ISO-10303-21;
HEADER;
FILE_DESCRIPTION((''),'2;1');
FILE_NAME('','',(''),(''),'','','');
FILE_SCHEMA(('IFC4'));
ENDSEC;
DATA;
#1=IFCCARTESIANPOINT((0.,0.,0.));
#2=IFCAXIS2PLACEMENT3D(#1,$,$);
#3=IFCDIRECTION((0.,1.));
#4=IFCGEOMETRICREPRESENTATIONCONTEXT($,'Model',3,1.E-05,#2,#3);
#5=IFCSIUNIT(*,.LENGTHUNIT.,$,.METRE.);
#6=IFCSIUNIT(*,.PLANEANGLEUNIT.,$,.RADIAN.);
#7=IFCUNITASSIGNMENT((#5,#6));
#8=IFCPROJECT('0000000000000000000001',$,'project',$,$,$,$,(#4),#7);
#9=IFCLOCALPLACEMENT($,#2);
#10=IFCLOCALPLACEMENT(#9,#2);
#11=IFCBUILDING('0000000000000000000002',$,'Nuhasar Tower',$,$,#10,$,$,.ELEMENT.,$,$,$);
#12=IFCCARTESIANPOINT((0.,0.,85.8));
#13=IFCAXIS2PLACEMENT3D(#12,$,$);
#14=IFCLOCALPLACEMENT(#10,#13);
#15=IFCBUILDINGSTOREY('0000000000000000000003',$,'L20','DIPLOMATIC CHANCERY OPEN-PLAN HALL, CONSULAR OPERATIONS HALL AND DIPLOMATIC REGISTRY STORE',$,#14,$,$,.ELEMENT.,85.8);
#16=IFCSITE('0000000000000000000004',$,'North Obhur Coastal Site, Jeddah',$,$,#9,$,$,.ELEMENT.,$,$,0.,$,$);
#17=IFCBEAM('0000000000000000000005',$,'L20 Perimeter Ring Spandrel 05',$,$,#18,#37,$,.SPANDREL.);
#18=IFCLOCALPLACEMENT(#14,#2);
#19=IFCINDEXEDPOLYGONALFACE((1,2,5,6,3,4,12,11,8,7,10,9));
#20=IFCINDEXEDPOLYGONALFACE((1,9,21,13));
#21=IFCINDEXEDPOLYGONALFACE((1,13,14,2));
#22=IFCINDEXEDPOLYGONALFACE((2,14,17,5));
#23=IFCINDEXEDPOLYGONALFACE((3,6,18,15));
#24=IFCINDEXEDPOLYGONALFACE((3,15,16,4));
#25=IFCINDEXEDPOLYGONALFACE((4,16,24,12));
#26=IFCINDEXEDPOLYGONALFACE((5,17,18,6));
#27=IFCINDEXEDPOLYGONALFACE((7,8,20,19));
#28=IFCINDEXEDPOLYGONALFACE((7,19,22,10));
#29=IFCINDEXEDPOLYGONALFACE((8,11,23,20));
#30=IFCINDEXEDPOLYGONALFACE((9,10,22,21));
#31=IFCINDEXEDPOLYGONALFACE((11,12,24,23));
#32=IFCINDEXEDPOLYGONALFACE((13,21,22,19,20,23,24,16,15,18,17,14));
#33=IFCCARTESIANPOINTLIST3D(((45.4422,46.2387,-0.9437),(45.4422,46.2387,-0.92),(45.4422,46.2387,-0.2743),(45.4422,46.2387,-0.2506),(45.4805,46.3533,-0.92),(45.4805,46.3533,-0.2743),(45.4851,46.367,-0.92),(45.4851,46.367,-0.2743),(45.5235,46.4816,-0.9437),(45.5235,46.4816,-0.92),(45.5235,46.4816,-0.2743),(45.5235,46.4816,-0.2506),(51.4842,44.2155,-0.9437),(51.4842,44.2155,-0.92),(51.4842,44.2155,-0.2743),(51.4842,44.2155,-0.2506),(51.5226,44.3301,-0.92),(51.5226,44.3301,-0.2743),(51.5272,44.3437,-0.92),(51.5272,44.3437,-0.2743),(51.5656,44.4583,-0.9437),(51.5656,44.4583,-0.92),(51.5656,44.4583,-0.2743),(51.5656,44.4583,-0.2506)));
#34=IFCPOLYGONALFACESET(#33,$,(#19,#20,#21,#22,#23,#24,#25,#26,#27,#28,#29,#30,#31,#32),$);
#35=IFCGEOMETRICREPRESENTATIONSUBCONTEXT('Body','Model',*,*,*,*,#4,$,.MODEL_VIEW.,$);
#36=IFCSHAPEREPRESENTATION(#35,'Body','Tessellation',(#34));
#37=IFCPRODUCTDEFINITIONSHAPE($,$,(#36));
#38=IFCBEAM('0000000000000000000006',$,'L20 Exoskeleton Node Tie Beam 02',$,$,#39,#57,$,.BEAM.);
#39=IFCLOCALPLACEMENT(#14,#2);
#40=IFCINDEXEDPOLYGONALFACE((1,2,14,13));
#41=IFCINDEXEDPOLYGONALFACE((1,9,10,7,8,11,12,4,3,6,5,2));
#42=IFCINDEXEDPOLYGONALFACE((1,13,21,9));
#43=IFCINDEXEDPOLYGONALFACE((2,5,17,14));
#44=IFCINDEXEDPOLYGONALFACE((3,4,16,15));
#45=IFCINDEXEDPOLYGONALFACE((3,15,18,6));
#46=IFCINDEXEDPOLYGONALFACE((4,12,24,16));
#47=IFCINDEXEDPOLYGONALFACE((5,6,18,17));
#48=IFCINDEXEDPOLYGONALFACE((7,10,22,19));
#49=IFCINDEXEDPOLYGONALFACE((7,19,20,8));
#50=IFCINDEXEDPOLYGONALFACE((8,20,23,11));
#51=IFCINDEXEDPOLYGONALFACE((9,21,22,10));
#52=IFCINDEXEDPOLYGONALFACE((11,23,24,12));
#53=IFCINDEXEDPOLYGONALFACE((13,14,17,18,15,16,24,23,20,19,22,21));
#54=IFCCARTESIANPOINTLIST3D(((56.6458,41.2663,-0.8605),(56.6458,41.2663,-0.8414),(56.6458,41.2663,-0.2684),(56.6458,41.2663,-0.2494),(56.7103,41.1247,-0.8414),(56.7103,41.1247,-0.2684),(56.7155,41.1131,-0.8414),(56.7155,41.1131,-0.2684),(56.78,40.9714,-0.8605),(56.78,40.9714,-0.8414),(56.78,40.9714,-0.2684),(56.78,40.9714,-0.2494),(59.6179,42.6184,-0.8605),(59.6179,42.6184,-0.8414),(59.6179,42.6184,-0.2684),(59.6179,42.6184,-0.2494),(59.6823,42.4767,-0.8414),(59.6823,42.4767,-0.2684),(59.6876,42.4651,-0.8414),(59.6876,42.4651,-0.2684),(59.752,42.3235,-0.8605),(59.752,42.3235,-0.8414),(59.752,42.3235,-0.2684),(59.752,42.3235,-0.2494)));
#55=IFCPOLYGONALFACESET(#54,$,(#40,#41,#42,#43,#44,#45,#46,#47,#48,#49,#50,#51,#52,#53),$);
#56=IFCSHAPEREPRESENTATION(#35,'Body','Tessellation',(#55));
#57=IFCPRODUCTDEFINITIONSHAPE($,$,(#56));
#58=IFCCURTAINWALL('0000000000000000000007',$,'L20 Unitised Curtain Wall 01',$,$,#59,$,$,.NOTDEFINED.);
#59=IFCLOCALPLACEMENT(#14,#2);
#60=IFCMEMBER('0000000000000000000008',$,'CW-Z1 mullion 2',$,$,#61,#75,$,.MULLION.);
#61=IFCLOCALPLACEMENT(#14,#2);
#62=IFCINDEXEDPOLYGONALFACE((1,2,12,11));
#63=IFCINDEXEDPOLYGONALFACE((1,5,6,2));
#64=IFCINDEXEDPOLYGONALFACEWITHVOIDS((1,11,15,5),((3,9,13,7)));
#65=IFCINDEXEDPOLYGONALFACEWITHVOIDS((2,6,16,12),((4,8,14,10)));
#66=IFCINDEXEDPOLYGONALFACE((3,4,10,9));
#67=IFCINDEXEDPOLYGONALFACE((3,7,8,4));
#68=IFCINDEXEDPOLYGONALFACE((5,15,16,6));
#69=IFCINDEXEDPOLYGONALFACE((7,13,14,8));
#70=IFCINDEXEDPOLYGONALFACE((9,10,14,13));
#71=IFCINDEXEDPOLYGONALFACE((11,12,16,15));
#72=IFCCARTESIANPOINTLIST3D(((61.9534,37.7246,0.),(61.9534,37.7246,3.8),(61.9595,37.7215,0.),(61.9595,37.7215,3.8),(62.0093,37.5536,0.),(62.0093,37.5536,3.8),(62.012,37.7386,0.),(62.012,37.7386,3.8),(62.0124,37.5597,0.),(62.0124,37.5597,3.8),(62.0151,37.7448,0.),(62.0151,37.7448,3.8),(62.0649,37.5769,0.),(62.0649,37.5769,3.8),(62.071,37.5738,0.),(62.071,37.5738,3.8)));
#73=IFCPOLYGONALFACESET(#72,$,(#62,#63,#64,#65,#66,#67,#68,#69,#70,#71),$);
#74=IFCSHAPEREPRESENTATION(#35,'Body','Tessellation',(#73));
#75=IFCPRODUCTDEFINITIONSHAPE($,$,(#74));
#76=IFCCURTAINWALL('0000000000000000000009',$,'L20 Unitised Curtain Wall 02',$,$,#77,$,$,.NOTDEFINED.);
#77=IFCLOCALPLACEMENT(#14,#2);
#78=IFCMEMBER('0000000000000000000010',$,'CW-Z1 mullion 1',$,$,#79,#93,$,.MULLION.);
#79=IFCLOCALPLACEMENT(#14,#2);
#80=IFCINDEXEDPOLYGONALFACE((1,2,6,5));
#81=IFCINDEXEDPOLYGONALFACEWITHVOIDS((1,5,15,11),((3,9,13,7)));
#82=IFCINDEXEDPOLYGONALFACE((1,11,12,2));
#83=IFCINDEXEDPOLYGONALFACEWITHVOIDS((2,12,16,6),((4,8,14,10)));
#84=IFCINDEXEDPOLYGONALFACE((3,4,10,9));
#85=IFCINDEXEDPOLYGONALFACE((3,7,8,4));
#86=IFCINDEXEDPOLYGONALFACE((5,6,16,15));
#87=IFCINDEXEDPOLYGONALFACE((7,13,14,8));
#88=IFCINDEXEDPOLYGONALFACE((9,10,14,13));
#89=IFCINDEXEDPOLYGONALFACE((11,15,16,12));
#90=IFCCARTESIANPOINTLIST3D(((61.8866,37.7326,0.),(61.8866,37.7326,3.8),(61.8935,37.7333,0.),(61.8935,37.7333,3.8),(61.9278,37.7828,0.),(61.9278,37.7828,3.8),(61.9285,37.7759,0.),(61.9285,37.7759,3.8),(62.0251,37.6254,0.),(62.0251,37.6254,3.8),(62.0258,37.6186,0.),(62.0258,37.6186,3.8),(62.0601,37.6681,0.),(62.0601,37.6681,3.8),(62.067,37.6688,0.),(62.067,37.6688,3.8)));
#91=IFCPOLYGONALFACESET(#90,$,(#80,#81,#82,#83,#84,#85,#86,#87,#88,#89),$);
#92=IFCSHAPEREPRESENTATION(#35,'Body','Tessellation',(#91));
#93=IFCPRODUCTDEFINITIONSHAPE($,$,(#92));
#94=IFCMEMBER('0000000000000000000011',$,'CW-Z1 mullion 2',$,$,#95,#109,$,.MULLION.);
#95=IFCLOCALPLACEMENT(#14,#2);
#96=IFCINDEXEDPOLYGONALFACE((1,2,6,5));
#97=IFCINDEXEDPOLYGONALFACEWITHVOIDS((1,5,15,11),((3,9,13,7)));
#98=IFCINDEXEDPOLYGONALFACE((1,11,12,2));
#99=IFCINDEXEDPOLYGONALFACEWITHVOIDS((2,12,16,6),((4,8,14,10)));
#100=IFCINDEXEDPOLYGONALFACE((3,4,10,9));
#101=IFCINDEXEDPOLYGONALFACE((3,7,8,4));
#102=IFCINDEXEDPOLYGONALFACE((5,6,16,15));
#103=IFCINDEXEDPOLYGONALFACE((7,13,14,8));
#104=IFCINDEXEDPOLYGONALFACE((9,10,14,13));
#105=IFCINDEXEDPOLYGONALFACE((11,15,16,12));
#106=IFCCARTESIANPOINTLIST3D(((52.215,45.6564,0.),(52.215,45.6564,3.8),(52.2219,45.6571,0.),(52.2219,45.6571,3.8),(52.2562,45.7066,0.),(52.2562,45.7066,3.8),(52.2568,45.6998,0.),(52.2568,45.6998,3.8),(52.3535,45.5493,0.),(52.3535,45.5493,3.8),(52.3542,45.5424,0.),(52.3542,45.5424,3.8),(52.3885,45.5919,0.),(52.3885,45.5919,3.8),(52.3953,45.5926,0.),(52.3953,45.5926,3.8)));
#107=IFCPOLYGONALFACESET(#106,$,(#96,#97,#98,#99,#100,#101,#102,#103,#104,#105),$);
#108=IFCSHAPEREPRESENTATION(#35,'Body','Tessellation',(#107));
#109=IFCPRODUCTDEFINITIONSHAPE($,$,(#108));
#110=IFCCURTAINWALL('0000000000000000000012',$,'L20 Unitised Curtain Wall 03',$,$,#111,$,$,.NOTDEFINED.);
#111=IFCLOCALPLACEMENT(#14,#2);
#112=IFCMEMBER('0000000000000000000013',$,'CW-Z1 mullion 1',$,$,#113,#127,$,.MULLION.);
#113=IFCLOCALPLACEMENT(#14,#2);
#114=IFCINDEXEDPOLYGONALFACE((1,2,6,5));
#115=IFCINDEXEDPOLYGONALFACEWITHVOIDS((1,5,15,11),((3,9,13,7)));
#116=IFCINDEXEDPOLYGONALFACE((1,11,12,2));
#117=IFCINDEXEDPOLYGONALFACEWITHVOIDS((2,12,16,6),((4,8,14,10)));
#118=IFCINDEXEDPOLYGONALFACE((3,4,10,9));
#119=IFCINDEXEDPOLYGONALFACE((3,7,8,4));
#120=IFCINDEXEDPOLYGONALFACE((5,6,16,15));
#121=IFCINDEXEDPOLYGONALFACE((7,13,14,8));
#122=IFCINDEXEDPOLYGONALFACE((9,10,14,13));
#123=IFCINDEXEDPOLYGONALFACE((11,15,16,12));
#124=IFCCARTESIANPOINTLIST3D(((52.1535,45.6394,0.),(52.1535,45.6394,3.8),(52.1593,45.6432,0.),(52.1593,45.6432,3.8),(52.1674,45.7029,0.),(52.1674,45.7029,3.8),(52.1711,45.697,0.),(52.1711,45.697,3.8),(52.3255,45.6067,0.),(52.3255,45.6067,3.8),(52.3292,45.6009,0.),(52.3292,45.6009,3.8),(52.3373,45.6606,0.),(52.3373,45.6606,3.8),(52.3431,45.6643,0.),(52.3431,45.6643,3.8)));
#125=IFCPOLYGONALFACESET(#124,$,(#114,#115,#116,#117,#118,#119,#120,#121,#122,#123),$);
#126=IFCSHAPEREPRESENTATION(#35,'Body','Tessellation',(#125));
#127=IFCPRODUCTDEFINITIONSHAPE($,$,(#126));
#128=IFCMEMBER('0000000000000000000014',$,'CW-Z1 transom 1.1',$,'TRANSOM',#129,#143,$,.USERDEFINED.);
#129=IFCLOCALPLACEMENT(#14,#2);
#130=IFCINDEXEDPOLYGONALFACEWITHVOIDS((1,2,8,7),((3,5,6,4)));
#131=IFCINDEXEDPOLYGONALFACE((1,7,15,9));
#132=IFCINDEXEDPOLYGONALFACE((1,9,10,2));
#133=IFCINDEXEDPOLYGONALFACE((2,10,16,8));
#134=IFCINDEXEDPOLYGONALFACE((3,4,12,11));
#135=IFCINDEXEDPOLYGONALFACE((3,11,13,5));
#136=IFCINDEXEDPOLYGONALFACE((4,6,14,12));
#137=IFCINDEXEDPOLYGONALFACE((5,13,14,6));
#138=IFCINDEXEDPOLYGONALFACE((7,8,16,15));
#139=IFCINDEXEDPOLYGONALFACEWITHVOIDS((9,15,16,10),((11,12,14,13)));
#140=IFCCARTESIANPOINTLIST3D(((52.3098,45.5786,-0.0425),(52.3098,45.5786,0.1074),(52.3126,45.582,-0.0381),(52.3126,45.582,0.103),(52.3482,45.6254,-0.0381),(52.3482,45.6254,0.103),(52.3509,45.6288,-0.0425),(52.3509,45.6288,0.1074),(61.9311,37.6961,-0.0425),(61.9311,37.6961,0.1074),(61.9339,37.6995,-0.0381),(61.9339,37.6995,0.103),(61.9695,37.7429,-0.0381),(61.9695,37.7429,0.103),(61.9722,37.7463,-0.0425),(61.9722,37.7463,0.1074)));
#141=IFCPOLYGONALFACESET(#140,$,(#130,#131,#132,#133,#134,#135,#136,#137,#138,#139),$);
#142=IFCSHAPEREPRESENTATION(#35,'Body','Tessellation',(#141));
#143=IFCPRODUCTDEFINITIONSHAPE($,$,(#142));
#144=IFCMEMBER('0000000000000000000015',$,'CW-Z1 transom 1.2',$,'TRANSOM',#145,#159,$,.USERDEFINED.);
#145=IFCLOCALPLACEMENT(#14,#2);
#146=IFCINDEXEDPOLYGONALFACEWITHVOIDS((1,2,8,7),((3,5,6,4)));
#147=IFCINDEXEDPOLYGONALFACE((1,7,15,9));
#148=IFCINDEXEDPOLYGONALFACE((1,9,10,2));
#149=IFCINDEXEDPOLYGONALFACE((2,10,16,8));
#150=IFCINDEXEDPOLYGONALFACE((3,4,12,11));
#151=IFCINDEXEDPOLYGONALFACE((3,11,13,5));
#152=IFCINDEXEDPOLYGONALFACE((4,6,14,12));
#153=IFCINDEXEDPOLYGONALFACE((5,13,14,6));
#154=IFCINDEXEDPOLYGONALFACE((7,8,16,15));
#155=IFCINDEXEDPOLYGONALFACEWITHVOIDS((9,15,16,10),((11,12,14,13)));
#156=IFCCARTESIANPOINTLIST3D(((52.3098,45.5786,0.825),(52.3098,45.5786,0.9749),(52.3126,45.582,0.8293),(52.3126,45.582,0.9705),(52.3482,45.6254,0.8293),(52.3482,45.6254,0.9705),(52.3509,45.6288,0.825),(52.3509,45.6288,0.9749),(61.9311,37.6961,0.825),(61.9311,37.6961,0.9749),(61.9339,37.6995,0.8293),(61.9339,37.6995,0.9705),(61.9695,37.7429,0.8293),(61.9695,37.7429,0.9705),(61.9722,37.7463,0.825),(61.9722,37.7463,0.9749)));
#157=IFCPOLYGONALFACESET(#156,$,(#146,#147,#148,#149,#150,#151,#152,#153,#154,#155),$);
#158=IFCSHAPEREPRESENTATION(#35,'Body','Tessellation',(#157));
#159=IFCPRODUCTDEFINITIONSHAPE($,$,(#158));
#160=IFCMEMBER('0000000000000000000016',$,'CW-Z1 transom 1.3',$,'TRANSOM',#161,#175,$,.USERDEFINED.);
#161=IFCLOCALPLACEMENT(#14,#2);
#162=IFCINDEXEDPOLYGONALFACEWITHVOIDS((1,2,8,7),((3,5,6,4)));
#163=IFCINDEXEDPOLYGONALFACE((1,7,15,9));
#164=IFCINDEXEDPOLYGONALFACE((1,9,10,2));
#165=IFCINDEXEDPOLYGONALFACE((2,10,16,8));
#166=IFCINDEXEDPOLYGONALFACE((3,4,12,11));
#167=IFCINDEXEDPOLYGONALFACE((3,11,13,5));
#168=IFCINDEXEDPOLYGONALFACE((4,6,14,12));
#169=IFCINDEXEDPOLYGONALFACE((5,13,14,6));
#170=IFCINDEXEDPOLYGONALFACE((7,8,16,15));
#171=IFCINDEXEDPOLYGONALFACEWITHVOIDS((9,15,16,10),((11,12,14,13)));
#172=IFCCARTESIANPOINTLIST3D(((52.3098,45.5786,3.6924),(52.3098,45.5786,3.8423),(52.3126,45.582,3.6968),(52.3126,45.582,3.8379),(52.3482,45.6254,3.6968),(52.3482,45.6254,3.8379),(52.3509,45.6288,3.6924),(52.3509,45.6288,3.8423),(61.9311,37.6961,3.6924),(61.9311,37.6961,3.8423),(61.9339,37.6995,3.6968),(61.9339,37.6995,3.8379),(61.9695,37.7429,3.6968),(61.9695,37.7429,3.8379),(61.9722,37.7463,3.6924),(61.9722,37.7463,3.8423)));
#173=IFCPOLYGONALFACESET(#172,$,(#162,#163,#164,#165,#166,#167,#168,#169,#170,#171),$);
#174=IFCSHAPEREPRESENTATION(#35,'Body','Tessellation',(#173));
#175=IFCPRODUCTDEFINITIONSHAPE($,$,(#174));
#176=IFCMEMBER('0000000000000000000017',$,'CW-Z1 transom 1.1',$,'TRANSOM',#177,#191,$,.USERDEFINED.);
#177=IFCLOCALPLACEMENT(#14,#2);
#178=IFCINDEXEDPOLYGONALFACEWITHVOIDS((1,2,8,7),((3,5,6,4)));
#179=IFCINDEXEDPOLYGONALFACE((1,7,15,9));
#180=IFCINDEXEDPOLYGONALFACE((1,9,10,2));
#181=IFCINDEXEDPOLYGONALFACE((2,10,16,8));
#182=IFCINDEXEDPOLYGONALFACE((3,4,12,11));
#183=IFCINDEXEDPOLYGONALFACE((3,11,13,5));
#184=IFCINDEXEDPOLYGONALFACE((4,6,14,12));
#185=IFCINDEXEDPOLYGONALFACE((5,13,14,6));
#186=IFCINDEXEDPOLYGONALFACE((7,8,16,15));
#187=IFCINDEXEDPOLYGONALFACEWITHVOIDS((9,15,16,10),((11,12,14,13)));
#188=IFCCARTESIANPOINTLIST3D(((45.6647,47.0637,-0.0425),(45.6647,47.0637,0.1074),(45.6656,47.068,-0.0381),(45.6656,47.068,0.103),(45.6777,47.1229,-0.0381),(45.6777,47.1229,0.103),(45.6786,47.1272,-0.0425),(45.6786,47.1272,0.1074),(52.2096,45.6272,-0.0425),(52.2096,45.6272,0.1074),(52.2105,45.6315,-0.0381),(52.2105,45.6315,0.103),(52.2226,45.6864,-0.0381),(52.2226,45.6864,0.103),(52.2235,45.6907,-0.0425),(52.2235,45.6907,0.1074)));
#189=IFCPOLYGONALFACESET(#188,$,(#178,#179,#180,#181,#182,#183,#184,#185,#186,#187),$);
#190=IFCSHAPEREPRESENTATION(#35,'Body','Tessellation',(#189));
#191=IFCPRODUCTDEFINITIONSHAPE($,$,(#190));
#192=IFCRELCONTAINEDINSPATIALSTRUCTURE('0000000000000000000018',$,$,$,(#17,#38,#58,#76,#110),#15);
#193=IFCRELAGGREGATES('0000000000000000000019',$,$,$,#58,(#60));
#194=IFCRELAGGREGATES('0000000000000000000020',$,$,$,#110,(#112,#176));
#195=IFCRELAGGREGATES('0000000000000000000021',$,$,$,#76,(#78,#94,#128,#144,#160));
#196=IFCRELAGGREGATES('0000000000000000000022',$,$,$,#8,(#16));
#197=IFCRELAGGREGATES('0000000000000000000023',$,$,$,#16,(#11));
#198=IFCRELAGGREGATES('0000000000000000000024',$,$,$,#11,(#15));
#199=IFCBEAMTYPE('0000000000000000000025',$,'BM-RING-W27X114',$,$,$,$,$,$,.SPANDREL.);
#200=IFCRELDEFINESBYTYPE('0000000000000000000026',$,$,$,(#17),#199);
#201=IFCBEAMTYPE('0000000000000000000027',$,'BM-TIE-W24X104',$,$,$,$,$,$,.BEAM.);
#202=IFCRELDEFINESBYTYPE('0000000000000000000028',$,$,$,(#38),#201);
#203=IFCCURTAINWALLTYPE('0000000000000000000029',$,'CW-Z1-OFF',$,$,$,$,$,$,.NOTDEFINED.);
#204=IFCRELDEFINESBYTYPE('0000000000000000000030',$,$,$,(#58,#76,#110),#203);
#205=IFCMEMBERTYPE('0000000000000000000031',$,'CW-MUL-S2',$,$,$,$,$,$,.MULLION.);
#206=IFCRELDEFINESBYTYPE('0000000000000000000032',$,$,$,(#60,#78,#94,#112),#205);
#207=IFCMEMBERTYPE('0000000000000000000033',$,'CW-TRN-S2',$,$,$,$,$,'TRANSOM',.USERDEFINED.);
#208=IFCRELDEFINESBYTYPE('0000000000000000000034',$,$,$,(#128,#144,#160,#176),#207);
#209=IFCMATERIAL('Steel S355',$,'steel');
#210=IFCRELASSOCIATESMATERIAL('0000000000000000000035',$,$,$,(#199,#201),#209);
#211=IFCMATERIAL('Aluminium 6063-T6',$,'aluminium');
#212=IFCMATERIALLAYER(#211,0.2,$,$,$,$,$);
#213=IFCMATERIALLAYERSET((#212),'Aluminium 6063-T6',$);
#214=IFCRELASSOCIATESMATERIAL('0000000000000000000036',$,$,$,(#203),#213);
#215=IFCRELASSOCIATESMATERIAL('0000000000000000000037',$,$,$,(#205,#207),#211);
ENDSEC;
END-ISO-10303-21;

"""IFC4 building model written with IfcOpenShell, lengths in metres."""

from ifc_helpers import new_model, si_unit, direction, frame, origin, origin_2d, place, context, subcontext, project, spatial, hollow_rectangle, i_section, extrude, material, layer, layer_set, material_profile, profile_set, type_object, element, aggregate, save


model = new_model("IFC4")

# Units and contexts
model_context = context("Model", 3, precision=1e-05, world=origin(), true_north=direction((0.0, 1.0)))
body_context = subcontext(model_context, "Body", "Model", "MODEL_VIEW")
ifc_project = project(units=[si_unit("LENGTHUNIT", "METRE"), si_unit("PLANEANGLEUNIT", "RADIAN")], contexts=[model_context])

# Site, building, storey
site_placement = place(None, origin())
site = spatial("IfcSite", under=ifc_project, at=site_placement, Name="North Obhur Coastal Site, Jeddah", CompositionType="ELEMENT", RefElevation=0.0)
building_placement = place(site_placement, origin())
building = spatial("IfcBuilding", under=site, at=building_placement, Name="Nuhasar Tower", CompositionType="ELEMENT")
storey_placement = place(building_placement, frame((0.0, 0.0, 85.8)))
storey = spatial("IfcBuildingStorey", under=building, at=storey_placement, Name="L20", Description="DIPLOMATIC CHANCERY OPEN-PLAN HALL, CONSULAR OPERATIONS HALL AND DIPLOMATIC REGISTRY STORE", CompositionType="ELEMENT", Elevation=85.8)

# Beams
ifc_material_1 = material(Name="Steel S355", Category="steel")
ifc_material_profile_1 = material_profile(ifc_material_1, i_section(OverallWidth=0.2561, OverallDepth=0.6931, WebThickness=0.0144, FlangeThickness=0.0237, at=origin_2d()), Name="W27X114")
ifc_profile_set_1 = profile_set([ifc_material_profile_1], Name="Steel S355")
beam_type_1 = type_object("IfcBeamType", Name="BM-RING-W27X114", PredefinedType="SPANDREL", material=ifc_profile_set_1)
beam_1_placement = place(storey_placement, frame((51.5249, 44.3369, -0.5972), z_axis=(-0.948249, 0.317526, 0.0), x_axis=(-0.317526, -0.948249, 0.0)))
element("IfcBeam", 1, at=beam_1_placement, inside=storey, type_object=beam_type_1, Name="L20 Perimeter Ring Spandrel 05", PredefinedType="SPANDREL", context=body_context, shape_type="SweptSolid", body=[
    extrude(i_section(OverallWidth=0.2561, OverallDepth=0.6931, WebThickness=0.0144, FlangeThickness=0.0237, at=origin_2d()), origin(), (0.0, 0.0, 1.0), 6.3718),
])
ifc_material_profile_2 = material_profile(ifc_material_1, i_section(OverallWidth=0.324, OverallDepth=0.6111, WebThickness=0.0127, FlangeThickness=0.019, at=origin_2d()), Name="W24X104")
ifc_profile_set_2 = profile_set([ifc_material_profile_2], Name="Steel S355")
beam_type_2 = type_object("IfcBeamType", Name="BM-TIE-W24X104", PredefinedType="BEAM", material=ifc_profile_set_2)
beam_2_placement = place(storey_placement, frame((56.7129, 41.1189, -0.5549), z_axis=(0.910244, 0.414073, 0.0), x_axis=(-0.414073, 0.910244, 0.0)))
element("IfcBeam", 2, at=beam_2_placement, inside=storey, type_object=beam_type_2, Name="L20 Exoskeleton Node Tie Beam 02", PredefinedType="BEAM", context=body_context, shape_type="SweptSolid", body=[
    extrude(i_section(OverallWidth=0.324, OverallDepth=0.6111, WebThickness=0.0127, FlangeThickness=0.019, at=origin_2d()), origin(), (0.0, 0.0, 1.0), 3.2651),
])

# Curtain wall, member
ifc_material_2 = material(Name="Aluminium 6063-T6", Category="aluminium")
ifc_layer_1 = layer(ifc_material_2, 0.2)
ifc_layer_set_1 = layer_set([ifc_layer_1], Name="Aluminium 6063-T6")
curtain_wall_type = type_object("IfcCurtainWallType", Name="CW-Z1-OFF", PredefinedType="NOTDEFINED", material=ifc_layer_set_1)
curtain_wall_1_placement = place(storey_placement, origin())
curtain_wall_1 = element("IfcCurtainWall", 3, at=curtain_wall_1_placement, inside=storey, type_object=curtain_wall_type, Name="L20 Unitised Curtain Wall 01", PredefinedType="NOTDEFINED")
ifc_material_profile_3 = material_profile(ifc_material_2, hollow_rectangle(XDim=0.0649, YDim=0.1799, WallThickness=0.0049, at=origin_2d()), Name="CWM-2")
ifc_profile_set_3 = profile_set([ifc_material_profile_3], Name="Aluminium 6063-T6")
member_type_1 = type_object("IfcMemberType", Name="CW-MUL-S2", PredefinedType="MULLION", material=ifc_profile_set_3)
member_1_placement = place(storey_placement, frame((62.0122, 37.6492, 0.0), z_axis=(0.0, 0.0, 1.0), x_axis=(-0.950468, -0.310824, 0.0)))
member_1 = element("IfcMember", 4, at=member_1_placement, type_object=member_type_1, Name="CW-Z1 mullion 2", PredefinedType="MULLION", context=body_context, shape_type="SweptSolid", body=[
    extrude(hollow_rectangle(XDim=0.0649, YDim=0.1799, WallThickness=0.0049, at=origin_2d()), origin(), (0.0, 0.0, 1.0), 3.8),
])
aggregate(curtain_wall_1, [member_1])

# Curtain wall, members
curtain_wall_2_placement = place(storey_placement, origin())
curtain_wall_2 = element("IfcCurtainWall", 5, at=curtain_wall_2_placement, inside=storey, type_object=curtain_wall_type, Name="L20 Unitised Curtain Wall 02", PredefinedType="NOTDEFINED")
member_2_placement = place(storey_placement, frame((61.9768, 37.7007, 0.0), z_axis=(0.0, 0.0, 1.0), x_axis=(-0.633745, -0.773542, 0.0)))
member_2 = element("IfcMember", 6, at=member_2_placement, type_object=member_type_1, Name="CW-Z1 mullion 1", PredefinedType="MULLION", context=body_context, shape_type="SweptSolid", body=[
    extrude(hollow_rectangle(XDim=0.0649, YDim=0.1799, WallThickness=0.0049, at=origin_2d()), origin(), (0.0, 0.0, 1.0), 3.8),
])
member_3_placement = place(storey_placement, frame((52.3052, 45.6245, 0.0), z_axis=(0.0, 0.0, 1.0), x_axis=(-0.633745, -0.773542, 0.0)))
member_3 = element("IfcMember", 7, at=member_3_placement, type_object=member_type_1, Name="CW-Z1 mullion 2", PredefinedType="MULLION", context=body_context, shape_type="SweptSolid", body=[
    extrude(hollow_rectangle(XDim=0.0649, YDim=0.1799, WallThickness=0.0049, at=origin_2d()), origin(), (0.0, 0.0, 1.0), 3.8),
])

# Curtain wall, member
curtain_wall_3_placement = place(storey_placement, origin())
curtain_wall_3 = element("IfcCurtainWall", 8, at=curtain_wall_3_placement, inside=storey, type_object=curtain_wall_type, Name="L20 Unitised Curtain Wall 03", PredefinedType="NOTDEFINED")
member_4_placement = place(storey_placement, frame((52.2483, 45.6519, 0.0), z_axis=(0.0, 0.0, 1.0), x_axis=(-0.214399, -0.976746, 0.0)))
member_4 = element("IfcMember", 9, at=member_4_placement, type_object=member_type_1, Name="CW-Z1 mullion 1", PredefinedType="MULLION", context=body_context, shape_type="SweptSolid", body=[
    extrude(hollow_rectangle(XDim=0.0649, YDim=0.1799, WallThickness=0.0049, at=origin_2d()), origin(), (0.0, 0.0, 1.0), 3.8),
])

# Members
ifc_material_profile_4 = material_profile(ifc_material_2, hollow_rectangle(XDim=0.0649, YDim=0.1499, WallThickness=0.0044, at=origin_2d()), Name="CWT-2")
ifc_profile_set_4 = profile_set([ifc_material_profile_4], Name="Aluminium 6063-T6")
member_type_2 = type_object("IfcMemberType", Name="CW-TRN-S2", ElementType="TRANSOM", PredefinedType="USERDEFINED", material=ifc_profile_set_4)
member_5_placement = place(storey_placement, frame((61.9517, 37.7212, 0.0325), z_axis=(-0.773541, 0.633746, 0.0), x_axis=(-0.633746, -0.773541, 0.0)))
member_5 = element("IfcMember", 10, at=member_5_placement, type_object=member_type_2, Name="CW-Z1 transom 1.1", ObjectType="TRANSOM", PredefinedType="USERDEFINED", context=body_context, shape_type="SweptSolid", body=[
    extrude(hollow_rectangle(XDim=0.0649, YDim=0.1499, WallThickness=0.0044, at=origin_2d()), origin(), (0.0, 0.0, 1.0), 12.438),
])
member_6_placement = place(storey_placement, frame((61.9517, 37.7212, 0.8999), z_axis=(-0.773541, 0.633746, 0.0), x_axis=(-0.633746, -0.773541, 0.0)))
member_6 = element("IfcMember", 11, at=member_6_placement, type_object=member_type_2, Name="CW-Z1 transom 1.2", ObjectType="TRANSOM", PredefinedType="USERDEFINED", context=body_context, shape_type="SweptSolid", body=[
    extrude(hollow_rectangle(XDim=0.0649, YDim=0.1499, WallThickness=0.0044, at=origin_2d()), origin(), (0.0, 0.0, 1.0), 12.438),
])
member_7_placement = place(storey_placement, frame((61.9517, 37.7212, 3.7673), z_axis=(-0.773541, 0.633746, 0.0), x_axis=(-0.633746, -0.773541, 0.0)))
member_7 = element("IfcMember", 12, at=member_7_placement, type_object=member_type_2, Name="CW-Z1 transom 1.3", ObjectType="TRANSOM", PredefinedType="USERDEFINED", context=body_context, shape_type="SweptSolid", body=[
    extrude(hollow_rectangle(XDim=0.0649, YDim=0.1499, WallThickness=0.0044, at=origin_2d()), origin(), (0.0, 0.0, 1.0), 12.438),
])
member_8_placement = place(storey_placement, frame((52.2166, 45.6589, 0.0325), z_axis=(-0.97675, 0.214384, 0.0), x_axis=(-0.214384, -0.97675, 0.0)))
member_8 = element("IfcMember", 13, at=member_8_placement, type_object=member_type_2, Name="CW-Z1 transom 1.1", ObjectType="TRANSOM", PredefinedType="USERDEFINED", context=body_context, shape_type="SweptSolid", body=[
    extrude(hollow_rectangle(XDim=0.0649, YDim=0.1499, WallThickness=0.0044, at=origin_2d()), origin(), (0.0, 0.0, 1.0), 6.7007),
])

aggregate(curtain_wall_3, [member_4, member_8])
aggregate(curtain_wall_2, [member_2, member_3, member_5, member_6, member_7])

save(model, "model.ifc")
